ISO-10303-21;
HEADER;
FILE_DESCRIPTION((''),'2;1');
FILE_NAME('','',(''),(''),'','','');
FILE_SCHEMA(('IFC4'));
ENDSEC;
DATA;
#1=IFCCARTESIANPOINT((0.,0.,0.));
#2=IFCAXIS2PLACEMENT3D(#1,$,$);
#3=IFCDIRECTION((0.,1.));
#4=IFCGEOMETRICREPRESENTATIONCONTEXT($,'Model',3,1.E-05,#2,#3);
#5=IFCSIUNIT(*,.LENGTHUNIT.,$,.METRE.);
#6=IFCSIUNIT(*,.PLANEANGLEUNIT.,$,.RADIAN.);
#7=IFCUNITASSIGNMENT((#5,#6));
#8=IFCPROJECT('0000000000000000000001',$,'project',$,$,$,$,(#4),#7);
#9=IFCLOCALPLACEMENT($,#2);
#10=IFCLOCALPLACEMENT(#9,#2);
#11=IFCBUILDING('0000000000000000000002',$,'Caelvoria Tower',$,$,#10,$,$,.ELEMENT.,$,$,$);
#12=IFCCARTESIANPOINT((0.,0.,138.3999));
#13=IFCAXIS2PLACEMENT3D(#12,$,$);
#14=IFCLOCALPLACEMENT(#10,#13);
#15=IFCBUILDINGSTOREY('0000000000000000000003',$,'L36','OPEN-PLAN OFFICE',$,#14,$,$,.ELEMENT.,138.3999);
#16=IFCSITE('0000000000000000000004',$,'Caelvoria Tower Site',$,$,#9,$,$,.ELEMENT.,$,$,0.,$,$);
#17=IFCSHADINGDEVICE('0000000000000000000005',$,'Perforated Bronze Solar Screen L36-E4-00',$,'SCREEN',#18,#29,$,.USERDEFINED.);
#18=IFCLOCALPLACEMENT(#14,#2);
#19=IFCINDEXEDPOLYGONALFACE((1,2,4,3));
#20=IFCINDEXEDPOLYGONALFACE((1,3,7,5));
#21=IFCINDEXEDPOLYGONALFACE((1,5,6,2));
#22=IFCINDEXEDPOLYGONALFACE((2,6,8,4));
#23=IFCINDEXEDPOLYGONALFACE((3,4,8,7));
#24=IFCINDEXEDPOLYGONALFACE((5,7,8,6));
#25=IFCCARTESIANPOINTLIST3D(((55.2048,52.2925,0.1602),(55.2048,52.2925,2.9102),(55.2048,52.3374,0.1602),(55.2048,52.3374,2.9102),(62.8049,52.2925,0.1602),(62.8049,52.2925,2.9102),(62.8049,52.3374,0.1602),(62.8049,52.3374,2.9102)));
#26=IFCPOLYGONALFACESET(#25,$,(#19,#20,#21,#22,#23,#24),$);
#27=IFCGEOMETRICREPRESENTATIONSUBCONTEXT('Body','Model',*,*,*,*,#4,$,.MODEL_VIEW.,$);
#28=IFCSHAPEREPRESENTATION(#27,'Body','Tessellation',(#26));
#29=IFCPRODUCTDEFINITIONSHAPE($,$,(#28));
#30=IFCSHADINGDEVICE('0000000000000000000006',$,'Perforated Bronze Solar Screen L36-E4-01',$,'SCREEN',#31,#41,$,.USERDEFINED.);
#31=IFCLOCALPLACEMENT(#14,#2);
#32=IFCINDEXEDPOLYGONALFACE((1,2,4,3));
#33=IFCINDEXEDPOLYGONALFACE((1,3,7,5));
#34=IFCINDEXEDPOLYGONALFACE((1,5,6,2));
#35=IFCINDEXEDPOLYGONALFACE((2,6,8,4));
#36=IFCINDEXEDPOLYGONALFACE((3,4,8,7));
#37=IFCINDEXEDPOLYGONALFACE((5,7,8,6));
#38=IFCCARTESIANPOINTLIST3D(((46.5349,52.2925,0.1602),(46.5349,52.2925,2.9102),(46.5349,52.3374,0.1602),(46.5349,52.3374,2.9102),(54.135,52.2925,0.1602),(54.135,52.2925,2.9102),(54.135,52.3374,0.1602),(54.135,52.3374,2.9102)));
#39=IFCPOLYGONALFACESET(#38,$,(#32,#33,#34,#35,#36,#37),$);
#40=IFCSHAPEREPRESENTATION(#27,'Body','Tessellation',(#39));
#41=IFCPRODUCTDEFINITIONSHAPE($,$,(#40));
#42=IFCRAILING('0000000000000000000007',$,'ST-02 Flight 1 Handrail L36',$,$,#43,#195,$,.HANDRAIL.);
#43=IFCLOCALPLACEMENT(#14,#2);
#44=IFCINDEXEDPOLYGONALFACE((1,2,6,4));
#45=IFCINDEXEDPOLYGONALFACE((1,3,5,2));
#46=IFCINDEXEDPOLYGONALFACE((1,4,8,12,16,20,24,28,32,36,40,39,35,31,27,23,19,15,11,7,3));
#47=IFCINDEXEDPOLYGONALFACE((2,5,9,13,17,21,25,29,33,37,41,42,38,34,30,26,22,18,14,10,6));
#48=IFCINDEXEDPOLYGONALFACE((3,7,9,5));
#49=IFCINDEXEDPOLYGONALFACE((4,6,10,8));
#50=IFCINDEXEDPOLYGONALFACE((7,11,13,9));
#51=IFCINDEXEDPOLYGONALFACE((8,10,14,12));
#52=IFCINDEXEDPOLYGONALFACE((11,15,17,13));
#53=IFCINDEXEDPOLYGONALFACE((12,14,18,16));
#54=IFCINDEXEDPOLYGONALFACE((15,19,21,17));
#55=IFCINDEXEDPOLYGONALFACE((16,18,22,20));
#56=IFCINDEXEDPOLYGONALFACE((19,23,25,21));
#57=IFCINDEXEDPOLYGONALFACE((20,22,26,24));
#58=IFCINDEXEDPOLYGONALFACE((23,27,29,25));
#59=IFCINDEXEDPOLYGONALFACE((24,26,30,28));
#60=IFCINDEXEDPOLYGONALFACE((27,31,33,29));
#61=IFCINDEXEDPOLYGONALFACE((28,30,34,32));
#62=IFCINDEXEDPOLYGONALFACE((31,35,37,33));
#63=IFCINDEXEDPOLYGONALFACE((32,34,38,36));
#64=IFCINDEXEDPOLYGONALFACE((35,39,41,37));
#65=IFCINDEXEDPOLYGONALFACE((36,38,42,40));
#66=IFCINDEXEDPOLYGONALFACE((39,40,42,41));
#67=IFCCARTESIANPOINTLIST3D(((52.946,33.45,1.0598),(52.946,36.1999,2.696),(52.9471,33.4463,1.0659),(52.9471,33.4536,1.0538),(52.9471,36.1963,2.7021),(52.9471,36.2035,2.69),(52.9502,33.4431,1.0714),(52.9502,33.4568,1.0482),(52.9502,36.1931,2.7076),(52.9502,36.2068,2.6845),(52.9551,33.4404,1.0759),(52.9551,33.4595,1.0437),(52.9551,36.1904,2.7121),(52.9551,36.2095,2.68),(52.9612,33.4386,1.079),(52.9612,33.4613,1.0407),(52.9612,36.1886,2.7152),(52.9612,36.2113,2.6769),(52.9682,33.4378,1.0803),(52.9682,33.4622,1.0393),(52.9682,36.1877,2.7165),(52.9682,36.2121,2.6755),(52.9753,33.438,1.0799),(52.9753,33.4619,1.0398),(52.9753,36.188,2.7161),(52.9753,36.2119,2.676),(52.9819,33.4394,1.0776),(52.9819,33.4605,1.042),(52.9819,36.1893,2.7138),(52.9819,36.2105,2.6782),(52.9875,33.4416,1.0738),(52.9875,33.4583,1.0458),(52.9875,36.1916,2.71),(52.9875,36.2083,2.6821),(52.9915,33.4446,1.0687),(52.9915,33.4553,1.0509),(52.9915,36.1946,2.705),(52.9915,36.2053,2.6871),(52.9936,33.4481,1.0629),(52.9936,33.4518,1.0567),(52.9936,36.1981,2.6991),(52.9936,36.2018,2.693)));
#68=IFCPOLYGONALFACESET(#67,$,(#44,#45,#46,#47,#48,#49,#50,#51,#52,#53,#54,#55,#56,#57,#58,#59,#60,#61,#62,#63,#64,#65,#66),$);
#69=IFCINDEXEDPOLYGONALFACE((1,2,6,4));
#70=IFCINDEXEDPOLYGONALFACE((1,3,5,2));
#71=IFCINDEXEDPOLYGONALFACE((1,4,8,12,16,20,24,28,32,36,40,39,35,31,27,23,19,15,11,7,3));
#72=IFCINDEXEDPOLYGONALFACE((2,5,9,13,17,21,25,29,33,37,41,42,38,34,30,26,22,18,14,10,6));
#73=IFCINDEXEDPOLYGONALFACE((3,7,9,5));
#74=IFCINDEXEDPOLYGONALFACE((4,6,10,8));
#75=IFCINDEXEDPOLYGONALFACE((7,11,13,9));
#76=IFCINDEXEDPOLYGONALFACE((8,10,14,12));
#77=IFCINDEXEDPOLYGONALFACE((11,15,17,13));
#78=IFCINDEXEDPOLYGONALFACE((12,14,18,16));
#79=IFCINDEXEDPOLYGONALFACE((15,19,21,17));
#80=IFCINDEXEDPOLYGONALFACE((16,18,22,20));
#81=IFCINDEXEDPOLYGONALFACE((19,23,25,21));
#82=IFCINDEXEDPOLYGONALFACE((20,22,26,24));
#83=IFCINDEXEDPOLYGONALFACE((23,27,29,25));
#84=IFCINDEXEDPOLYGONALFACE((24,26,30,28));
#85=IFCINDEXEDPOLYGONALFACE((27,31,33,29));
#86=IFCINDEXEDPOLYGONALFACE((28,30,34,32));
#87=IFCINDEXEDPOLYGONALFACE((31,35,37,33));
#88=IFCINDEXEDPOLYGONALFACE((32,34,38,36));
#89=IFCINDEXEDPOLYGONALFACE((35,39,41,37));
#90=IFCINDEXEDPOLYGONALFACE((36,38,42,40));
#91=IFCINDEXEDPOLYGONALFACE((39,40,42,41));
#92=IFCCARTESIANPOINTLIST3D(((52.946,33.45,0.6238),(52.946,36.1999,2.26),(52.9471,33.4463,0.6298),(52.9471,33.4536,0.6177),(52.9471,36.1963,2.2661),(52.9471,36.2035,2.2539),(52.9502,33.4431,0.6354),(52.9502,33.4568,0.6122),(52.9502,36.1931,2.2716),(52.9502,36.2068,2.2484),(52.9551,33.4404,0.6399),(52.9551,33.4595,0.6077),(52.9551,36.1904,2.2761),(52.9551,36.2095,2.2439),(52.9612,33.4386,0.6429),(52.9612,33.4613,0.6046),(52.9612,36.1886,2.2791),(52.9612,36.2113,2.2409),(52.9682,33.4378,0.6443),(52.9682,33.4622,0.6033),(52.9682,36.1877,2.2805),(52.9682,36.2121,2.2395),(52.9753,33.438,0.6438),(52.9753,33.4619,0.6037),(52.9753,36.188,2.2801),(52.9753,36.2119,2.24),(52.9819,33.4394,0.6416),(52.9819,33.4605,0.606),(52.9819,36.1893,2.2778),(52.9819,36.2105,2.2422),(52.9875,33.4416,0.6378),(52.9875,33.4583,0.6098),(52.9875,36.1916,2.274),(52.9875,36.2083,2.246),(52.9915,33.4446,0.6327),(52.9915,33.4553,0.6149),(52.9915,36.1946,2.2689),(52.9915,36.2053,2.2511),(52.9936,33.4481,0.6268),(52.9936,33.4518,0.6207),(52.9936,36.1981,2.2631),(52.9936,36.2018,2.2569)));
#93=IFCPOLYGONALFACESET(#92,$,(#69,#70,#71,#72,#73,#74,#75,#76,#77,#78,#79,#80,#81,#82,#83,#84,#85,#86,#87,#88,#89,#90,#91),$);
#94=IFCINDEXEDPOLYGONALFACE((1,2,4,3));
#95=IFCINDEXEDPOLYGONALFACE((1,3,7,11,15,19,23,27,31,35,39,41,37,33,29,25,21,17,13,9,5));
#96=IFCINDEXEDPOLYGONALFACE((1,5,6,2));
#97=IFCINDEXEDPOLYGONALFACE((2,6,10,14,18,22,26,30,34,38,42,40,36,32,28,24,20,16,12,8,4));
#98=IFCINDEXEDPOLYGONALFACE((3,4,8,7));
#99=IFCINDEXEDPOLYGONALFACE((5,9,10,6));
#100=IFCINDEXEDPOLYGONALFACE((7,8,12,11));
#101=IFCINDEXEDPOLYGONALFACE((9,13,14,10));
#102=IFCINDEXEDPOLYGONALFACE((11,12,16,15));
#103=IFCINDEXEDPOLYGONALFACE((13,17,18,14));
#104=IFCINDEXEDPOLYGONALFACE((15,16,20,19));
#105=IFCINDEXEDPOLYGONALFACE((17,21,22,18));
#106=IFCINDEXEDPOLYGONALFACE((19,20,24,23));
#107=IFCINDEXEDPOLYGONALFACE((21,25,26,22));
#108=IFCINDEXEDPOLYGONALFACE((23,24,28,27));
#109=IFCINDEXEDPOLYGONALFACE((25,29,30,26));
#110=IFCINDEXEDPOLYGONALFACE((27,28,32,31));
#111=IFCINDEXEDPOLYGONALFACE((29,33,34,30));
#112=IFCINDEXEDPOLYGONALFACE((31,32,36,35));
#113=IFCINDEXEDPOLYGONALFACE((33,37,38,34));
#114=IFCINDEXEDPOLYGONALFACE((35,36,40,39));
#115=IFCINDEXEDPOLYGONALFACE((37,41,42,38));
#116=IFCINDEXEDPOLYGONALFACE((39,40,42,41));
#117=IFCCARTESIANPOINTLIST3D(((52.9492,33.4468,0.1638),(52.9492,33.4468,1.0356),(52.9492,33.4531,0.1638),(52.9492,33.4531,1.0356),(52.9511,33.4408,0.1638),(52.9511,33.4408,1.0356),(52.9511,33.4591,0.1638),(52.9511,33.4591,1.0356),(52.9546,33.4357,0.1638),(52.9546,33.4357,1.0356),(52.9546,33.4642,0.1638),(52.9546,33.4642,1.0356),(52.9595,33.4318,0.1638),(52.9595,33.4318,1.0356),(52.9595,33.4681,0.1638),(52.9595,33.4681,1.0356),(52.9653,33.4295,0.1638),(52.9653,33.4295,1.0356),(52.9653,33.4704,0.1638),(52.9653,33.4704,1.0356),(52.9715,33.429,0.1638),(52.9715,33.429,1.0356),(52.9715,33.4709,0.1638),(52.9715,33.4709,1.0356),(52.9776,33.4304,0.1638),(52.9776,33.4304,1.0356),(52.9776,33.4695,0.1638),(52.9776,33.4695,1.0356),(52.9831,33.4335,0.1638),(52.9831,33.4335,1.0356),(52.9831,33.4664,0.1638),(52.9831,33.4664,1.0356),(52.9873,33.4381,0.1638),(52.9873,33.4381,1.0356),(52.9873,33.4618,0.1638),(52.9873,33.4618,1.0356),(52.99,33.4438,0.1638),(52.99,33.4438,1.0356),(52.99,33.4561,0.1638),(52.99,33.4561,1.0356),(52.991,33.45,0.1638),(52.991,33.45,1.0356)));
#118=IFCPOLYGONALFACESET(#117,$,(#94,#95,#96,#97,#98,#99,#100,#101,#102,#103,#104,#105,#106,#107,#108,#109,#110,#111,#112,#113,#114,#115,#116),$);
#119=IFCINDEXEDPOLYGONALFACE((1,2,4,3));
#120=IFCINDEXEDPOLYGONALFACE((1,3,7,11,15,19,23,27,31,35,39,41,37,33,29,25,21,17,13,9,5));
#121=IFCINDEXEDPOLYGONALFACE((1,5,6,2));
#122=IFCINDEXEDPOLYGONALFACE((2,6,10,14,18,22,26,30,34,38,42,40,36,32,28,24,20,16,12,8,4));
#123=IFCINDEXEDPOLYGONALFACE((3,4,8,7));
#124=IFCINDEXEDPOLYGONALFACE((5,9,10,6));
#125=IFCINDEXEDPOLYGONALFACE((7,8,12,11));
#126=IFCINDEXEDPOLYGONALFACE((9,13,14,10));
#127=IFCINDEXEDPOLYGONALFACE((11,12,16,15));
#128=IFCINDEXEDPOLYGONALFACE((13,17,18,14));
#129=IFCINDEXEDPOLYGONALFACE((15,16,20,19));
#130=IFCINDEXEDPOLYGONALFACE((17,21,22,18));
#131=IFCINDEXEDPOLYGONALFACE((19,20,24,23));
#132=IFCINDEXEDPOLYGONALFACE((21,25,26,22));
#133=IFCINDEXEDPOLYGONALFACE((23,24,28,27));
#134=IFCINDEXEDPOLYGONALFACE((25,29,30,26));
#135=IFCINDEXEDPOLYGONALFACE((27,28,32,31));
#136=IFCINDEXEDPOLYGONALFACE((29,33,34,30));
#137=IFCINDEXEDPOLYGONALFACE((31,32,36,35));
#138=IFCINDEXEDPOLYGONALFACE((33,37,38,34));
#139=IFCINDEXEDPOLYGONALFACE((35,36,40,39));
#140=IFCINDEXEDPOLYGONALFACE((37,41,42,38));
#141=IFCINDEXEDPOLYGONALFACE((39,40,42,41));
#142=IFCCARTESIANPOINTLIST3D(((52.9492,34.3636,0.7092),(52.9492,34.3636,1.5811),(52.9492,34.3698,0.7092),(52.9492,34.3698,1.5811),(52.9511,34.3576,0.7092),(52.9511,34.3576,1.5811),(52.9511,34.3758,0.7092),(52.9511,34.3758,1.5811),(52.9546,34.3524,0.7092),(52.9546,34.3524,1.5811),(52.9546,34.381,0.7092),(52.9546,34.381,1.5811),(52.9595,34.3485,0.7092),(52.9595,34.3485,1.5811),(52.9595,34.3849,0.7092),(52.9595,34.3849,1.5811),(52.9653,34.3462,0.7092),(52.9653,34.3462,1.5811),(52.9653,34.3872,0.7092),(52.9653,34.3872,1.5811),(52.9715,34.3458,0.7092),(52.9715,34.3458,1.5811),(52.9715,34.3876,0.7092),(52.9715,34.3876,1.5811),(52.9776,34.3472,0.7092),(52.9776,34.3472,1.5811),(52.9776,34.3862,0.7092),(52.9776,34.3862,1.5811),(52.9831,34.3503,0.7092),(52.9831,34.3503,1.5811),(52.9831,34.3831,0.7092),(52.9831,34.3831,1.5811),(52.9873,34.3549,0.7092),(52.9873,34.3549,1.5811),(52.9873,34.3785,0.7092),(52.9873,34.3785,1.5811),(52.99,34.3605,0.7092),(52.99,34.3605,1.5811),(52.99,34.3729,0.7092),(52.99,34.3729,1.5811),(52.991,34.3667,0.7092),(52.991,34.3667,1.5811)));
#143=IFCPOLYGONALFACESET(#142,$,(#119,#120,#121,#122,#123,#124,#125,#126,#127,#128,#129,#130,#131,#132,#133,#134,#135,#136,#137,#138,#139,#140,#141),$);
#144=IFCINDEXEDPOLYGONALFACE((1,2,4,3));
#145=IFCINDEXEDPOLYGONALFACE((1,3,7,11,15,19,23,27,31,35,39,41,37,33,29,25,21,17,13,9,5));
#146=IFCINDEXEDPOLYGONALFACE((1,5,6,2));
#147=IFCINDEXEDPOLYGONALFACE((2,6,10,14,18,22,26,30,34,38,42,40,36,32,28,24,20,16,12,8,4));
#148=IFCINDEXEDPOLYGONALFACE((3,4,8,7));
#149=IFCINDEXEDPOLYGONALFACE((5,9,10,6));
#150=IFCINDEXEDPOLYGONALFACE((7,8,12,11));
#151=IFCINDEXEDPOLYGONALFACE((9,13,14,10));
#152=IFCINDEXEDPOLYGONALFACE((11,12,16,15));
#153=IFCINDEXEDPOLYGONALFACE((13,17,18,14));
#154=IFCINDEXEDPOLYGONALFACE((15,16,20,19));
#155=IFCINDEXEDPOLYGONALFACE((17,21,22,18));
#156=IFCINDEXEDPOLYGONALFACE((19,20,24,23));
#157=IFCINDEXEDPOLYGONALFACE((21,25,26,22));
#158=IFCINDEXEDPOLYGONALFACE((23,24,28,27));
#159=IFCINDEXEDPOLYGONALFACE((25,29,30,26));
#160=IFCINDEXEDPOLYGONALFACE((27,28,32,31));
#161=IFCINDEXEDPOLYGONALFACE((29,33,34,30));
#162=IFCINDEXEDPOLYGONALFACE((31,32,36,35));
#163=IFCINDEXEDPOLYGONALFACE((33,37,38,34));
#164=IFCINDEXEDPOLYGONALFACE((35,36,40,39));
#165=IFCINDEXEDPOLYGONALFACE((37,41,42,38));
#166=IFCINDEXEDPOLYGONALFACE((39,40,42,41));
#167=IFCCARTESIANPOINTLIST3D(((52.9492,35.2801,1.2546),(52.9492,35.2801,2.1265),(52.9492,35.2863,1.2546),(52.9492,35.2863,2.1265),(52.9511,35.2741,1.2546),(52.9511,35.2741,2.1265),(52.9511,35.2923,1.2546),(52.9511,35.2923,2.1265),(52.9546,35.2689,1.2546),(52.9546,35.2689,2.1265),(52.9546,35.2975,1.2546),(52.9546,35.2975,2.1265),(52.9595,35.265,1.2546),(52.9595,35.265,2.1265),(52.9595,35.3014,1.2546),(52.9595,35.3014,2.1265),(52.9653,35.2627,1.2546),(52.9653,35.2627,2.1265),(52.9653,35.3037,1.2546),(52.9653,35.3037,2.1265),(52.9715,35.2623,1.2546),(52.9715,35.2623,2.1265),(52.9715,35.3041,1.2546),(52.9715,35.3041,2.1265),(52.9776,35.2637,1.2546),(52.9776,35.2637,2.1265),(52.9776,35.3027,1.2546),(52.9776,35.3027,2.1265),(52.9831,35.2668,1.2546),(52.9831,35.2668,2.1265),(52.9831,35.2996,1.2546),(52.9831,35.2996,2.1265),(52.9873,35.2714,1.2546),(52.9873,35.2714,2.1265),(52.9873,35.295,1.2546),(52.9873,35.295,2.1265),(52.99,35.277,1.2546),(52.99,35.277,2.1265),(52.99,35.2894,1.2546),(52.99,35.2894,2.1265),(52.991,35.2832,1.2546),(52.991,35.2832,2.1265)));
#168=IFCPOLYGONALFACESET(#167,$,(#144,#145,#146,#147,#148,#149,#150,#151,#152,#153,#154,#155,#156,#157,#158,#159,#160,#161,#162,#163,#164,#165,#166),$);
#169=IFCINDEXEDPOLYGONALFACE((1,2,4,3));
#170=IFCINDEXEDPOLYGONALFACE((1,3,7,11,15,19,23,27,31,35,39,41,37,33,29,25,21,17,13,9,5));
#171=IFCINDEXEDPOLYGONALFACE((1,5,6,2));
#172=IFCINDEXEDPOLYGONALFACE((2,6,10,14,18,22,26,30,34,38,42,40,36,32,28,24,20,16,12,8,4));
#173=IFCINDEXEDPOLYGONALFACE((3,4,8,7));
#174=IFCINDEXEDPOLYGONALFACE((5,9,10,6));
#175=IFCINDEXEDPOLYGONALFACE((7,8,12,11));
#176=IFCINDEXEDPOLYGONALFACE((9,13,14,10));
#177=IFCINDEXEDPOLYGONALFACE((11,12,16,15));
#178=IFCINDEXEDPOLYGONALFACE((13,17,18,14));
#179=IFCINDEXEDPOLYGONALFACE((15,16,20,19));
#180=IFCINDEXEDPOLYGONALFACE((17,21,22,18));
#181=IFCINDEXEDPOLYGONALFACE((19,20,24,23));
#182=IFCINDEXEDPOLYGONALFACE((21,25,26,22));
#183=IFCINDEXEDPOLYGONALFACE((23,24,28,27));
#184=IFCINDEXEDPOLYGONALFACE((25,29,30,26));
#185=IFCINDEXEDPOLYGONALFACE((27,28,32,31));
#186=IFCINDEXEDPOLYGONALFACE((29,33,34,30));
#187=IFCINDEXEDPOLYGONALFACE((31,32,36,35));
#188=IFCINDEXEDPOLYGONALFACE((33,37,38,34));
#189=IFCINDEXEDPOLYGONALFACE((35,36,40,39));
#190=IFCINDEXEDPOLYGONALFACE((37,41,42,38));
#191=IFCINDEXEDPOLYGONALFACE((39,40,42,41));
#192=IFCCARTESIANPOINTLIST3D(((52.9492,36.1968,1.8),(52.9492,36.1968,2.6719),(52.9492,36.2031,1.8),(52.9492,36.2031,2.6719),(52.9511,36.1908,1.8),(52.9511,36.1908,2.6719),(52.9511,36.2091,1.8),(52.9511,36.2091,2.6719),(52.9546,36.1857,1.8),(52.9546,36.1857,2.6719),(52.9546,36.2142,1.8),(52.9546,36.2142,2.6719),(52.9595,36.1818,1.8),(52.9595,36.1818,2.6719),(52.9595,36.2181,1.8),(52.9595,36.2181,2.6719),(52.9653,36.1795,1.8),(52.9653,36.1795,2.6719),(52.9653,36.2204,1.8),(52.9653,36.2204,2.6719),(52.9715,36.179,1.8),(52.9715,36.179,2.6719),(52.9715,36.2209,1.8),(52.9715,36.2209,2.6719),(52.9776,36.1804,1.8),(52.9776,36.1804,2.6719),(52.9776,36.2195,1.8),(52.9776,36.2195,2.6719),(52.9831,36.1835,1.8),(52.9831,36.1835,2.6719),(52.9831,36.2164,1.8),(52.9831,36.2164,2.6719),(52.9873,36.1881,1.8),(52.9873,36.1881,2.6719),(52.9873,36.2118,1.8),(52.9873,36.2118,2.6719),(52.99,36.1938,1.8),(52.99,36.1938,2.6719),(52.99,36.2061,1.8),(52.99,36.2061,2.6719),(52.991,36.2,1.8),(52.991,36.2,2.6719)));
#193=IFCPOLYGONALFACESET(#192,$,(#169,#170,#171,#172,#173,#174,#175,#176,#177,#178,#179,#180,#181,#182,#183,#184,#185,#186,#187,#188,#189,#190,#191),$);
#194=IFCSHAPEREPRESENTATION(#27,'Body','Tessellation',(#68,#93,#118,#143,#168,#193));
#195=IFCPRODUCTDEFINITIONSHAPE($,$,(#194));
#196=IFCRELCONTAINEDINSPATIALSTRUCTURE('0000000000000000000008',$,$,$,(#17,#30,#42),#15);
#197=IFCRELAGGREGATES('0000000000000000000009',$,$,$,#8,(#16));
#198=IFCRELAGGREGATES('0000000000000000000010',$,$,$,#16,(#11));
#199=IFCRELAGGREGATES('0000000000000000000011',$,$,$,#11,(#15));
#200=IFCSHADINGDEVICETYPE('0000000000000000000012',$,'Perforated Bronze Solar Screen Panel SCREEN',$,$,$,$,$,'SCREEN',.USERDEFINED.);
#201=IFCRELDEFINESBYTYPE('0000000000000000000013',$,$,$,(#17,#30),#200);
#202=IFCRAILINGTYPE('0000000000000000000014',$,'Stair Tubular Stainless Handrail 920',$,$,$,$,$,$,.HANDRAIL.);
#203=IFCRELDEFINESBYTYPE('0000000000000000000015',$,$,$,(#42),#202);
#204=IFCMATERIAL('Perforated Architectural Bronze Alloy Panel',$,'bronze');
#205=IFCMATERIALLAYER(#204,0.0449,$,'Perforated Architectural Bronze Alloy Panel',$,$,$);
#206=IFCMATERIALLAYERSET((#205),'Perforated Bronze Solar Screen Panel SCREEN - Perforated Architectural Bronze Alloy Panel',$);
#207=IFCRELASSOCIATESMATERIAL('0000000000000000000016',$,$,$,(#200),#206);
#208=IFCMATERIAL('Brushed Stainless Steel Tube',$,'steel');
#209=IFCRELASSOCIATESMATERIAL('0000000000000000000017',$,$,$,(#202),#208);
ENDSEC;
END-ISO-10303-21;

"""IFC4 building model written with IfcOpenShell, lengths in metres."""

from ifc_helpers import new_model, si_unit, direction, frame, origin, origin_2d, place, context, subcontext, project, spatial, rectangle, circle, extrude, material, layer, layer_set, type_object, element, save


model = new_model("IFC4")

# Units and contexts
model_context = context("Model", 3, precision=1e-05, world=origin(), true_north=direction((0.0, 1.0)))
body_context = subcontext(model_context, "Body", "Model", "MODEL_VIEW")
ifc_project = project(units=[si_unit("LENGTHUNIT", "METRE"), si_unit("PLANEANGLEUNIT", "RADIAN")], contexts=[model_context])

# Site, building, storey
site_placement = place(None, origin())
site = spatial("IfcSite", under=ifc_project, at=site_placement, Name="Caelvoria Tower Site", CompositionType="ELEMENT", RefElevation=0.0)
building_placement = place(site_placement, origin())
building = spatial("IfcBuilding", under=site, at=building_placement, Name="Caelvoria Tower", CompositionType="ELEMENT")
storey_placement = place(building_placement, frame((0.0, 0.0, 138.3999)))
storey = spatial("IfcBuildingStorey", under=building, at=storey_placement, Name="L36", Description="OPEN-PLAN OFFICE", CompositionType="ELEMENT", Elevation=138.3999)

# Shading devices
ifc_material_1 = material(Name="Perforated Architectural Bronze Alloy Panel", Category="bronze")
ifc_layer_1 = layer(ifc_material_1, 0.0449, Name="Perforated Architectural Bronze Alloy Panel")
ifc_layer_set_1 = layer_set([ifc_layer_1], Name="Perforated Bronze Solar Screen Panel SCREEN - Perforated Architectural Bronze Alloy Panel")
shading_device_type = type_object("IfcShadingDeviceType", Name="Perforated Bronze Solar Screen Panel SCREEN", ElementType="SCREEN", PredefinedType="USERDEFINED", material=ifc_layer_set_1)
for number, where, z_axis, x_axis, name in (
    (1, (59.0049, 52.3149, 0.1602), (0.0, 0.0, 1.0), (-1.0, 0.0, 0.0), "Perforated Bronze Solar Screen L36-E4-00"),
    (2, (50.335, 52.3149, 0.1602), (0.0, 0.0, 1.0), (-1.0, 0.0, 0.0), "Perforated Bronze Solar Screen L36-E4-01"),
):
    element("IfcShadingDevice", number, at=place(storey_placement, frame(where, z_axis=z_axis, x_axis=x_axis)), inside=storey, type_object=shading_device_type, Name=name, ObjectType="SCREEN", PredefinedType="USERDEFINED", context=body_context, shape_type="SweptSolid", body=[
        extrude(rectangle(XDim=7.6001, YDim=0.0449, at=origin_2d()), origin(), (0.0, 0.0, 1.0), 2.75),
    ])

# Railing
ifc_material_2 = material(Name="Brushed Stainless Steel Tube", Category="steel")
railing_type_1 = type_object("IfcRailingType", Name="Stair Tubular Stainless Handrail 920", PredefinedType="HANDRAIL", material=ifc_material_2)
railing_1_placement = place(storey_placement, frame((52.97, 33.45, 0.1638)))
element("IfcRailing", 3, at=railing_1_placement, inside=storey, type_object=railing_type_1, Name="ST-02 Flight 1 Handrail L36", PredefinedType="HANDRAIL", context=body_context, shape_type="SweptSolid", body=[
    extrude(circle(Radius=0.0239, at=origin_2d()), frame((0.0, 0.0, 0.896), z_axis=(0.0, 0.859385, 0.511328), x_axis=(-1.0, 0.0, 0.0)), (0.0, 0.0, 1.0), 3.2),
    extrude(circle(Radius=0.0239, at=origin_2d()), frame((0.0, 0.0, 0.46), z_axis=(0.0, 0.859385, 0.511328), x_axis=(-1.0, 0.0, 0.0)), (0.0, 0.0, 1.0), 3.2),
    extrude(circle(Radius=0.021, at=origin_2d()), origin(), (0.0, 0.0, 1.0), 0.8718),
    extrude(circle(Radius=0.021, at=origin_2d()), frame((0.0, 0.9167, 0.5454)), (0.0, 0.0, 1.0), 0.8718),
    extrude(circle(Radius=0.021, at=origin_2d()), frame((0.0, 1.8333, 1.0908)), (0.0, 0.0, 1.0), 0.8718),
    extrude(circle(Radius=0.021, at=origin_2d()), frame((0.0, 2.75, 1.6362)), (0.0, 0.0, 1.0), 0.8718),
])

save(model, "model.ifc")
